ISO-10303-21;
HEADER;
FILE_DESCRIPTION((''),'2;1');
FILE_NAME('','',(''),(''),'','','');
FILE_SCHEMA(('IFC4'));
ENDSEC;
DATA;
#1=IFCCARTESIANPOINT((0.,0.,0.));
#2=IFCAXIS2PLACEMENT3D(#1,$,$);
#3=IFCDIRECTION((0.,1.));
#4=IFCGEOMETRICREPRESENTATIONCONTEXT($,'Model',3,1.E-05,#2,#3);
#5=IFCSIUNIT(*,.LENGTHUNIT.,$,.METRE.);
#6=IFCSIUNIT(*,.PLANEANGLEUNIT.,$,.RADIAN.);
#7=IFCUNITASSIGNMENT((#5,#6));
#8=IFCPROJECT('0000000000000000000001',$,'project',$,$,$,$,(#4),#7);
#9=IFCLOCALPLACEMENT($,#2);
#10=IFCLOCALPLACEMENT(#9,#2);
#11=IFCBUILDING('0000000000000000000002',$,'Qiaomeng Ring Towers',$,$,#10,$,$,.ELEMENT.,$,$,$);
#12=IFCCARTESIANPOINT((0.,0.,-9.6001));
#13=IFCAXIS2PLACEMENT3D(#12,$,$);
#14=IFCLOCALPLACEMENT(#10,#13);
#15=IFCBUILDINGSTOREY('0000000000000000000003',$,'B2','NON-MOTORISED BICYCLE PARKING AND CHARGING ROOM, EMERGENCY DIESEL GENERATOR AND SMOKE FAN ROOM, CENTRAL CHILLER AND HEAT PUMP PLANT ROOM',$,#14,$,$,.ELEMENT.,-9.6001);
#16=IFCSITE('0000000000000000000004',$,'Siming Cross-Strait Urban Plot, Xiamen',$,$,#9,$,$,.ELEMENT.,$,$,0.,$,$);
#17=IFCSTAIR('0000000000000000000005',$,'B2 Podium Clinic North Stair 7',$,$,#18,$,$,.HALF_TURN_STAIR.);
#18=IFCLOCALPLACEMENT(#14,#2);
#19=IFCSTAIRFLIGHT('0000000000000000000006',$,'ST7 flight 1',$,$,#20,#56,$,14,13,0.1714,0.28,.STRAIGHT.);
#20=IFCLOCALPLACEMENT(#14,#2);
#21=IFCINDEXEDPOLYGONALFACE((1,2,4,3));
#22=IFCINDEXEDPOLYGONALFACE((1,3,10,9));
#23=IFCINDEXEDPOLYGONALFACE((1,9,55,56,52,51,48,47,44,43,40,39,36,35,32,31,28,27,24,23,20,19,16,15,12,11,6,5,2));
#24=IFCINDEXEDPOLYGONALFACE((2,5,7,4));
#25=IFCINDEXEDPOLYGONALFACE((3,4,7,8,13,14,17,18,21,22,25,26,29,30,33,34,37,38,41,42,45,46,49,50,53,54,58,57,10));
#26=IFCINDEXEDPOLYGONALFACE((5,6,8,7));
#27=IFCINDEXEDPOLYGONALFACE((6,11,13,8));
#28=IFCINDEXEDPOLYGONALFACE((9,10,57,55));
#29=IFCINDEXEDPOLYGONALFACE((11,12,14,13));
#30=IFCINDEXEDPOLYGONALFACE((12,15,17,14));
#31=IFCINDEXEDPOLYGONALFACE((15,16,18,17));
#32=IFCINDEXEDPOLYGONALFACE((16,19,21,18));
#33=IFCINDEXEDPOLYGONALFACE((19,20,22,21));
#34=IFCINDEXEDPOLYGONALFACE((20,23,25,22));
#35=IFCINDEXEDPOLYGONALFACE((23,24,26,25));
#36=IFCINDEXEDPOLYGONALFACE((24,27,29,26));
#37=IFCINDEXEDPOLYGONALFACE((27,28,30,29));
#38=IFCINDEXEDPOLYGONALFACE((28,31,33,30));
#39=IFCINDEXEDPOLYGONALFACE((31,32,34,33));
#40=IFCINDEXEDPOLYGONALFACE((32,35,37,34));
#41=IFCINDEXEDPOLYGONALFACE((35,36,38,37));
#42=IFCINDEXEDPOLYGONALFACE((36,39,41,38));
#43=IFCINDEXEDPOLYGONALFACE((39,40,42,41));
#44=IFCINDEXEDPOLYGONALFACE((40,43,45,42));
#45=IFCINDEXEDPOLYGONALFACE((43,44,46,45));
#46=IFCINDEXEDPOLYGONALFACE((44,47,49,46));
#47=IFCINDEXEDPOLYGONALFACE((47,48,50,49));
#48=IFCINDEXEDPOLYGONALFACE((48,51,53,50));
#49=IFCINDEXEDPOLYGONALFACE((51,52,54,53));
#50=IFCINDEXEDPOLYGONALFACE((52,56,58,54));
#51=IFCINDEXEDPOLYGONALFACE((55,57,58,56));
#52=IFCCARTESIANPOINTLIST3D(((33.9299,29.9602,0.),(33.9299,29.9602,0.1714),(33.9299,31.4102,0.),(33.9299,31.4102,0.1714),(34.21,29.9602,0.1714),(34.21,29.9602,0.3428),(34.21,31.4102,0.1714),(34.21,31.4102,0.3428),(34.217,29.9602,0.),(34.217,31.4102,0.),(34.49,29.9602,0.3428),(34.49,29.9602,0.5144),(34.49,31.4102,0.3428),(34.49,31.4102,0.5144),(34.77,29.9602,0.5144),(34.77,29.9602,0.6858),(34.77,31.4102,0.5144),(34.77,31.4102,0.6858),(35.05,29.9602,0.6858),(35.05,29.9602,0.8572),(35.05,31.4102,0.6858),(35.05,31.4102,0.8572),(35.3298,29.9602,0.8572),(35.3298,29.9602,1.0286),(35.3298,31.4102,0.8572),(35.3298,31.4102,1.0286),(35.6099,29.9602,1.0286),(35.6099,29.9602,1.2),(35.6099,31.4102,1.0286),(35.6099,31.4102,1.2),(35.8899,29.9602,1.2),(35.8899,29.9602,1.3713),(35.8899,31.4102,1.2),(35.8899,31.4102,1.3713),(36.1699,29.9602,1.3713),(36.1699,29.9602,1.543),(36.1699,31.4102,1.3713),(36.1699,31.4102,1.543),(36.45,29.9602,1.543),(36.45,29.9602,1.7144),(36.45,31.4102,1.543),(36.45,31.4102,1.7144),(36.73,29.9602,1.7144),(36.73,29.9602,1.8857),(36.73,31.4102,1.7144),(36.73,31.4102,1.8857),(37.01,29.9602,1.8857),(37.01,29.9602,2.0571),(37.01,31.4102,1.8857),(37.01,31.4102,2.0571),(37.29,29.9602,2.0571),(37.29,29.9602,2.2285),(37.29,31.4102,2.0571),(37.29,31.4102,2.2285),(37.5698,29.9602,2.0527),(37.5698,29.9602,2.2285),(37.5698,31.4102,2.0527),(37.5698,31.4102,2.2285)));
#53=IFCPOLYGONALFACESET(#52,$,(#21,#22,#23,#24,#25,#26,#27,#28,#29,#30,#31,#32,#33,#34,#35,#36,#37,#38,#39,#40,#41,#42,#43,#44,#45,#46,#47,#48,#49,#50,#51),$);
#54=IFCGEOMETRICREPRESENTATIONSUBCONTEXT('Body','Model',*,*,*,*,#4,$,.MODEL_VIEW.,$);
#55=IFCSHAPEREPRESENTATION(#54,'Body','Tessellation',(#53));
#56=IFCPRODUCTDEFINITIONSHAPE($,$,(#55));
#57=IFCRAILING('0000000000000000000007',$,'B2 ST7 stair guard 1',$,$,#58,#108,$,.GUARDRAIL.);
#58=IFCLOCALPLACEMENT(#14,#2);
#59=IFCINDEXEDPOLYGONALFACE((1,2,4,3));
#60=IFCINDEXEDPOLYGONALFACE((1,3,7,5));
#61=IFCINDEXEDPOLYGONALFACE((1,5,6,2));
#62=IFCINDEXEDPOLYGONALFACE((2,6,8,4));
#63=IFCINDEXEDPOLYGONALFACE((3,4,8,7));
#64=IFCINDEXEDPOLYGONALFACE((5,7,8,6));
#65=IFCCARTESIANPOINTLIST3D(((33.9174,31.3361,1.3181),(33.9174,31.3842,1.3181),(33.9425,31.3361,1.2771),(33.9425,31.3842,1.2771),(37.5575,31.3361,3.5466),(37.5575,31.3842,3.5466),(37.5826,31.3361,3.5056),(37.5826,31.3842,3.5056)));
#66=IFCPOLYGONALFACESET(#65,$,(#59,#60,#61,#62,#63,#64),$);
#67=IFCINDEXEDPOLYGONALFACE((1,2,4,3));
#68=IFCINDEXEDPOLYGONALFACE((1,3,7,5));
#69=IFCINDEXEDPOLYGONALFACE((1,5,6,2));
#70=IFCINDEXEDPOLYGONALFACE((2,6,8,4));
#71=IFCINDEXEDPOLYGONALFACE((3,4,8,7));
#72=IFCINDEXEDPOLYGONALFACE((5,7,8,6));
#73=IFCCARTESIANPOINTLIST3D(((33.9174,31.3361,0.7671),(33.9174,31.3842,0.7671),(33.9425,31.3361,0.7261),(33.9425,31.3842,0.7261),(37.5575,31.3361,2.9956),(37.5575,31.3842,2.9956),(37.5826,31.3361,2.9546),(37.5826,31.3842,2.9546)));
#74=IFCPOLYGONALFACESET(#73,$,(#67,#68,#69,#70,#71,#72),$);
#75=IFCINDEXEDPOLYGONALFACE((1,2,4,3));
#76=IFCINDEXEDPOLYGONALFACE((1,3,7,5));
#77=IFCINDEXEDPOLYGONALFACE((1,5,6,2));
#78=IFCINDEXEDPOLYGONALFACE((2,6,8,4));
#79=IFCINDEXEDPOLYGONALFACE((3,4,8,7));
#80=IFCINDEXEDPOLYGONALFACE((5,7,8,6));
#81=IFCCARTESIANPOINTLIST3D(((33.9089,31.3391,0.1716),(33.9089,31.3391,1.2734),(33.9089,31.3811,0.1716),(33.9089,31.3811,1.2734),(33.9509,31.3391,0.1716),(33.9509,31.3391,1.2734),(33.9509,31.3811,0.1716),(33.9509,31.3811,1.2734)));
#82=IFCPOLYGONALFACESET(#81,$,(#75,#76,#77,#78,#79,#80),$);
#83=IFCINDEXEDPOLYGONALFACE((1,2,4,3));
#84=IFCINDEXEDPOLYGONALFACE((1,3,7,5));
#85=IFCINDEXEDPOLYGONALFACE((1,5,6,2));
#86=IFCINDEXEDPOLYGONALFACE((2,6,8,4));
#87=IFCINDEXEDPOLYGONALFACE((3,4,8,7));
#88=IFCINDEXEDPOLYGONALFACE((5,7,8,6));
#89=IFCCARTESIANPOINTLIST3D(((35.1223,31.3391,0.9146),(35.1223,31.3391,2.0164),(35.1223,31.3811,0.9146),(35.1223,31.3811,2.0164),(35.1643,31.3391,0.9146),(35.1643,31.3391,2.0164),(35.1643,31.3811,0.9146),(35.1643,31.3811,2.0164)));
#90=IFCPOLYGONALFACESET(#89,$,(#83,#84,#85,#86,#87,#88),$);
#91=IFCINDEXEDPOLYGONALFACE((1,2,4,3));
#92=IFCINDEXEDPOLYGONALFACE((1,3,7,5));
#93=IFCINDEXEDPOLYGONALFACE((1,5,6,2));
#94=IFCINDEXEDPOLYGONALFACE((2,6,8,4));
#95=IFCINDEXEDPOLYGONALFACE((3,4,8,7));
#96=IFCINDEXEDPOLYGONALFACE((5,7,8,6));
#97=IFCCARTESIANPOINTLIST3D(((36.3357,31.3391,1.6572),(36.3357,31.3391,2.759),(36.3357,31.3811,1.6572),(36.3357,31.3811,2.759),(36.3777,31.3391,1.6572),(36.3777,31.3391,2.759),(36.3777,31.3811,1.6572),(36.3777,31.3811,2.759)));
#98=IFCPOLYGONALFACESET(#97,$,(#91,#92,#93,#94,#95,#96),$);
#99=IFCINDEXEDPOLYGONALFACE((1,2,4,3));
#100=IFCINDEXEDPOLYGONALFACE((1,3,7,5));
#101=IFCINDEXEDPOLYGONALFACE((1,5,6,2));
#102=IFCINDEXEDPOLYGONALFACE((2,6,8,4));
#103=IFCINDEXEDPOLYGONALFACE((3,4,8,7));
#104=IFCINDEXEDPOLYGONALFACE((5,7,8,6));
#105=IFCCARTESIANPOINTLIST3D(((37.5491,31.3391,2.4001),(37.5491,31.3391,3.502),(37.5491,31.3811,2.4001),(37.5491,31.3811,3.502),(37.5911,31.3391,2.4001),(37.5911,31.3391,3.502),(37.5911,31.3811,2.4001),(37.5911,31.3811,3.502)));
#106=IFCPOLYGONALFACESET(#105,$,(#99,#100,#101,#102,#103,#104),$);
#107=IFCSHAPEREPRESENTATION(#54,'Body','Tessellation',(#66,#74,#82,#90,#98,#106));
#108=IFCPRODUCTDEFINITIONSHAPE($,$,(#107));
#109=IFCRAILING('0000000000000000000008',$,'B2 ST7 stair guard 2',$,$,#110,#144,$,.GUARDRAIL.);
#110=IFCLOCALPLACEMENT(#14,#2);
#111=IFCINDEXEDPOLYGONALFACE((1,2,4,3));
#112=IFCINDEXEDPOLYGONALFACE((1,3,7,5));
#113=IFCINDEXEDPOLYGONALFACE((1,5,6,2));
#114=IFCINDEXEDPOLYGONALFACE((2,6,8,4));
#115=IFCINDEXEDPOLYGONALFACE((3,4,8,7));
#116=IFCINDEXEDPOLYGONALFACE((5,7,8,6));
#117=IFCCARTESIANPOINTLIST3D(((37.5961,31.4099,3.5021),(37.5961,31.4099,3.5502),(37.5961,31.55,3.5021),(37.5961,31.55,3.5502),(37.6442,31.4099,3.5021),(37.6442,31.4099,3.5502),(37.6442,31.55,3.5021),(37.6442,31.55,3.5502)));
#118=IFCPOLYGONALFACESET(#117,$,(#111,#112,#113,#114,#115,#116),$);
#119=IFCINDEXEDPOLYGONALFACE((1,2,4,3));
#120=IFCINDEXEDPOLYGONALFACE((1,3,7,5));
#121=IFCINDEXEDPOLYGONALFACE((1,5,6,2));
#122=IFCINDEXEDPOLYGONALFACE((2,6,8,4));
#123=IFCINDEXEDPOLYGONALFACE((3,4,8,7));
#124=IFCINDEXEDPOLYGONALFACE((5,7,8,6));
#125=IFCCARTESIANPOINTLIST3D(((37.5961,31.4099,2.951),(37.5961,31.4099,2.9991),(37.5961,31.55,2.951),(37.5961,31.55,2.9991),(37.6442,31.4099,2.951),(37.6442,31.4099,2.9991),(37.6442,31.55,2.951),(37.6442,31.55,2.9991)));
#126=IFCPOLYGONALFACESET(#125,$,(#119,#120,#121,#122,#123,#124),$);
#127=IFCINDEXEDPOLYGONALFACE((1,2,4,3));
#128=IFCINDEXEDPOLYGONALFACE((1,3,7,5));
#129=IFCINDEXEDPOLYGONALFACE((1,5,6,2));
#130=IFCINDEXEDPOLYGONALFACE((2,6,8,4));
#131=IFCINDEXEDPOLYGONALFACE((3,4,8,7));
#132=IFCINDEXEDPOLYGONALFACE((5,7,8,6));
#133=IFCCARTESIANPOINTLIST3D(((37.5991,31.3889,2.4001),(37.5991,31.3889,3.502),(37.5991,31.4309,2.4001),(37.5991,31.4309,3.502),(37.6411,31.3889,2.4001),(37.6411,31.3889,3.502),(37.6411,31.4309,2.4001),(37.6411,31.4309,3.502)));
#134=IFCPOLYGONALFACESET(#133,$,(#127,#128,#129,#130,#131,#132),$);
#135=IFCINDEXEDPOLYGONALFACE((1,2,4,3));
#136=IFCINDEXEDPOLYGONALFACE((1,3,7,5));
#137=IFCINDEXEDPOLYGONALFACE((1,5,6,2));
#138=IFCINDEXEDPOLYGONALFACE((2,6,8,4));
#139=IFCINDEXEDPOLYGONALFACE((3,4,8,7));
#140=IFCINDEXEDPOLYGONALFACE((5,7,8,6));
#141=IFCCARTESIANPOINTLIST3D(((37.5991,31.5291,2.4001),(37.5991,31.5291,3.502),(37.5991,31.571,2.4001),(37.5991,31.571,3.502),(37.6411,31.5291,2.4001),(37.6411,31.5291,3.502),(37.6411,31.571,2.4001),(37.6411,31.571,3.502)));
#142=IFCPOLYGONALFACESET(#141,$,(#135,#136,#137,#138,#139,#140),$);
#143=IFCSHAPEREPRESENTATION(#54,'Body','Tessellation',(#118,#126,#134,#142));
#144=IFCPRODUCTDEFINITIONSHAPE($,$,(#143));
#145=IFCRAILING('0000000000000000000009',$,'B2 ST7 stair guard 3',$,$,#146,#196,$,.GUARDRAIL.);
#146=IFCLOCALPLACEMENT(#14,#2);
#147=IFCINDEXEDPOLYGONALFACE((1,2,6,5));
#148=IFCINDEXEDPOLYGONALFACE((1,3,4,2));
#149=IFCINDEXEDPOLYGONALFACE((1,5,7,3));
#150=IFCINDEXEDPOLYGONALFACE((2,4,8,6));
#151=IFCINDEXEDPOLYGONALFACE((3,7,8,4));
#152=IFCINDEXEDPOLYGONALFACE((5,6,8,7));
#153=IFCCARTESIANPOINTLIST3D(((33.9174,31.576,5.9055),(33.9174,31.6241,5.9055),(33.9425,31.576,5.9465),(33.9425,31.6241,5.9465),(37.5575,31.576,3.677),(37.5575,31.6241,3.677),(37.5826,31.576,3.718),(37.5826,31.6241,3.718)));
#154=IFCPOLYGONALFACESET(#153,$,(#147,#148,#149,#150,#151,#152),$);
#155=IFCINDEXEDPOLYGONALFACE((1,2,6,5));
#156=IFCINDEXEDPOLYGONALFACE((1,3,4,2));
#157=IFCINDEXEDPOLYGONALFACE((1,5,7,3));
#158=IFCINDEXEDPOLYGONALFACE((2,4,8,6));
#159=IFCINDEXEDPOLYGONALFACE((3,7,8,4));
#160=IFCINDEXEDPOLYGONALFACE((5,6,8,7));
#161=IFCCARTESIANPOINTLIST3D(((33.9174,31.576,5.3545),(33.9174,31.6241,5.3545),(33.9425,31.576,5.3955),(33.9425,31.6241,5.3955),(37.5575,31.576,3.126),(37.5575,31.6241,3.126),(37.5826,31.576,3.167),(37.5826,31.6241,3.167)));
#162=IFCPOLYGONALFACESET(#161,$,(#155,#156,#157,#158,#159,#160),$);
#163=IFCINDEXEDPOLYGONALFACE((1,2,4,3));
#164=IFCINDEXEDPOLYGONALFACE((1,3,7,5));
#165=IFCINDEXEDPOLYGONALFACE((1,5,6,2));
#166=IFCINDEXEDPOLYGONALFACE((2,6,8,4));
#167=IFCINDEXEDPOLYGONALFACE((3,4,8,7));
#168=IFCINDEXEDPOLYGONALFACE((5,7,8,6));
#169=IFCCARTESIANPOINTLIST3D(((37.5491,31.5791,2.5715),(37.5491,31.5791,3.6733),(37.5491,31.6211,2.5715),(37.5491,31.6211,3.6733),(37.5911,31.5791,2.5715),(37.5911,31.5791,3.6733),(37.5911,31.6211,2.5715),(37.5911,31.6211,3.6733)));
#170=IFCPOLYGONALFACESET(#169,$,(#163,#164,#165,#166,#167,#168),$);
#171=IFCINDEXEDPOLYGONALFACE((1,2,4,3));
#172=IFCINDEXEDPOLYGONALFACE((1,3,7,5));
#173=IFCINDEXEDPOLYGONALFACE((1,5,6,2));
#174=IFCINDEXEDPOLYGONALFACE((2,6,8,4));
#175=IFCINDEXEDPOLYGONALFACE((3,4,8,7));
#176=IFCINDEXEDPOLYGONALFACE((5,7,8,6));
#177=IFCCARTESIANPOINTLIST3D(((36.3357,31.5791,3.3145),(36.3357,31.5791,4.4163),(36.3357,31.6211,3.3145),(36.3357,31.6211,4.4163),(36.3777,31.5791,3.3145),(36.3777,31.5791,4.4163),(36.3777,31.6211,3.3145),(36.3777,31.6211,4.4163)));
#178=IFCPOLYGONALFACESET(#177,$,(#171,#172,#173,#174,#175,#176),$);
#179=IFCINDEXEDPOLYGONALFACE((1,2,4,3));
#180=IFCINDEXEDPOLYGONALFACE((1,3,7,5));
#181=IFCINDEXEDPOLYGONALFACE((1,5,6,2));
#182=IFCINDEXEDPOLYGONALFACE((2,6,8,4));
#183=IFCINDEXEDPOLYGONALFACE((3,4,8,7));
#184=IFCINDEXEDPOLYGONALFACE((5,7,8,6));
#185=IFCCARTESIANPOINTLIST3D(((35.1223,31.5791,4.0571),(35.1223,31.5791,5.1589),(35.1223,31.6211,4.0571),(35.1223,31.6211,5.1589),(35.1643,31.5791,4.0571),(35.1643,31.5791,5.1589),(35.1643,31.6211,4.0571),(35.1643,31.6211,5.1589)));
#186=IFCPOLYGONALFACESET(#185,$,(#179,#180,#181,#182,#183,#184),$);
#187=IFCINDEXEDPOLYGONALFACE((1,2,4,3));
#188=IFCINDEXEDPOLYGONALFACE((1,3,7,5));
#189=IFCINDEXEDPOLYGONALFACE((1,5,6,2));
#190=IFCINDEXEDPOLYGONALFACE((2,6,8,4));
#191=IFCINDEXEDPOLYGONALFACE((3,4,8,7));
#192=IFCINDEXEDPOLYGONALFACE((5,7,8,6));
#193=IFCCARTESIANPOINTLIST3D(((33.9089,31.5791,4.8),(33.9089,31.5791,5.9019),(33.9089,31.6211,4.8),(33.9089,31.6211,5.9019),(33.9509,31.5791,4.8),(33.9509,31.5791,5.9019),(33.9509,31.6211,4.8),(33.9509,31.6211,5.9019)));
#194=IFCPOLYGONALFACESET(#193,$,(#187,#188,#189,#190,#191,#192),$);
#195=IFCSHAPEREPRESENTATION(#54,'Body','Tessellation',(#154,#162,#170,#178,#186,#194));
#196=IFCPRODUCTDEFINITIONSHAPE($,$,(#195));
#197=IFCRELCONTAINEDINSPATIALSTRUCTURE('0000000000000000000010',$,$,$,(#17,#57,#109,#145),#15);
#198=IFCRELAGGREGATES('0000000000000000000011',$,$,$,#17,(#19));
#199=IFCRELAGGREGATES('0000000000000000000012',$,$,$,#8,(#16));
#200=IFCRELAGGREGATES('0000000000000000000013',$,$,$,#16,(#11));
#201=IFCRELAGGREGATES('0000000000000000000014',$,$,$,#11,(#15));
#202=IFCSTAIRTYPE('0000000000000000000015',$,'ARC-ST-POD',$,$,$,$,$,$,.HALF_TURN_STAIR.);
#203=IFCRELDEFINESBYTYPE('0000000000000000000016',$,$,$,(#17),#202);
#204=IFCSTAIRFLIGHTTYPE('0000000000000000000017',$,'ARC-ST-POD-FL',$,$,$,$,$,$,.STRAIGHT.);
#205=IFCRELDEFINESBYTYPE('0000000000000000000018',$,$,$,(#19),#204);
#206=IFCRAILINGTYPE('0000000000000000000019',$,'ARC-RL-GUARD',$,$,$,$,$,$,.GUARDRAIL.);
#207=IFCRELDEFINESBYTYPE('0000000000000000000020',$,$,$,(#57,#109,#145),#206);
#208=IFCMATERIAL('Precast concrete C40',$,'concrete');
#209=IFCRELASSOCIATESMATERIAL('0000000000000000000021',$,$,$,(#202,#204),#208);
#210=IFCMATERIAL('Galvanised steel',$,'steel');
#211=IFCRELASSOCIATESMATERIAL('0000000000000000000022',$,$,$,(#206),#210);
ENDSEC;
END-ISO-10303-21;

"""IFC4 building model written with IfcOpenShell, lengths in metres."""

from ifc_helpers import new_model, si_unit, direction, frame, origin, origin_2d, place, context, subcontext, project, spatial, polyline, rectangle, outline, extrude, source, transform, mapped, material, type_object, element, aggregate, save


model = new_model("IFC4")

# Units and contexts
model_context = context("Model", 3, precision=1e-05, world=origin(), true_north=direction((0.0, 1.0)))
body_context = subcontext(model_context, "Body", "Model", "MODEL_VIEW")
ifc_project = project(units=[si_unit("LENGTHUNIT", "METRE"), si_unit("PLANEANGLEUNIT", "RADIAN")], contexts=[model_context])

# Site, building, storey
site_placement = place(None, origin())
site = spatial("IfcSite", under=ifc_project, at=site_placement, Name="Siming Cross-Strait Urban Plot, Xiamen", CompositionType="ELEMENT", RefElevation=0.0)
building_placement = place(site_placement, origin())
building = spatial("IfcBuilding", under=site, at=building_placement, Name="Qiaomeng Ring Towers", CompositionType="ELEMENT")
storey_placement = place(building_placement, frame((0.0, 0.0, -9.6001)))
storey = spatial("IfcBuildingStorey", under=building, at=storey_placement, Name="B2", Description="NON-MOTORISED BICYCLE PARKING AND CHARGING ROOM, EMERGENCY DIESEL GENERATOR AND SMOKE FAN ROOM, CENTRAL CHILLER AND HEAT PUMP PLANT ROOM", CompositionType="ELEMENT", Elevation=-9.6001)

# Shared definitions
ifc_material_1 = material(Name="Galvanised steel", Category="steel")

# Stair, stair flight
ifc_material_2 = material(Name="Precast concrete C40", Category="concrete")
stair_type = type_object("IfcStairType", Name="ARC-ST-POD", PredefinedType="HALF_TURN_STAIR", material=ifc_material_2)
stair_placement = place(storey_placement, origin())
stair = element("IfcStair", 1, at=stair_placement, inside=storey, type_object=stair_type, Name="B2 Podium Clinic North Stair 7", PredefinedType="HALF_TURN_STAIR")
stair_flight_type = type_object("IfcStairFlightType", Name="ARC-ST-POD-FL", PredefinedType="STRAIGHT", material=ifc_material_2)
shared_shape_1 = source(origin(), body_context, "Body", "SweptSolid", [
    extrude(outline(polyline([(0.0, 0.0), (0.0, 0.1714), (0.28, 0.1714), (0.28, 0.3428), (0.5601, 0.3428), (0.5601, 0.5144), (0.8401, 0.5144), (0.8401, 0.6858), (1.1201, 0.6858), (1.1201, 0.8572), (1.3999, 0.8572), (1.3999, 1.0286), (1.6799, 1.0286), (1.6799, 1.2), (1.96, 1.2), (1.96, 1.3713), (2.24, 1.3713), (2.24, 1.543), (2.52, 1.543), (2.52, 1.7144), (2.8, 1.7144), (2.8, 1.8857), (3.0801, 1.8857), (3.0801, 2.0571), (3.3601, 2.0571), (3.3601, 2.2285), (3.6399, 2.2285), (3.6399, 2.3999), (3.6399, 2.0527), (0.2871, 0.0), (0.0, 0.0)])), frame((0.0, 0.7251, 0.0), z_axis=(0.0, -1.0, 0.0), x_axis=(1.0, 0.0, 0.0)), (0.0, 0.0, 1.0), 1.45),
])
stair_flight_placement = place(storey_placement, frame((33.9299, 30.6851, 0.0), z_axis=(0.0, 0.0, 1.0), x_axis=(1.0, 0.0, 0.0)))
stair_flight = element("IfcStairFlight", 2, at=stair_flight_placement, type_object=stair_flight_type, Name="ST7 flight 1", NumberOfRisers=14, NumberOfTreads=13, PredefinedType="STRAIGHT", RiserHeight=0.1714, TreadLength=0.28, context=body_context, shape_type="MappedRepresentation", body=[
    mapped(shared_shape_1, transform((0.0, 0.0, 0.0), x_axis=(1.0, 0.0, 0.0), y_axis=(0.0, 1.0, 0.0), z_axis=(0.0, 0.0, 1.0), scale=1.0)),
])
aggregate(stair, [stair_flight])

# Railings
railing_type_1 = type_object("IfcRailingType", Name="ARC-RL-GUARD", PredefinedType="GUARDRAIL", material=ifc_material_1)
railing_1_placement = place(storey_placement, frame((33.9299, 31.3601, 0.1716)))
element("IfcRailing", 3, at=railing_1_placement, inside=storey, type_object=railing_type_1, Name="B2 ST7 stair guard 1", PredefinedType="GUARDRAIL", context=body_context, shape_type="SweptSolid", body=[
    extrude(rectangle(XDim=0.0481, YDim=0.0481, at=origin_2d()), frame((0.0, 0.0, 1.126), z_axis=(0.852866, 0.0, 0.52213), x_axis=(0.0, 1.0, 0.0)), (0.0, 0.0, 1.0), 4.2681),
    extrude(rectangle(XDim=0.0481, YDim=0.0481, at=origin_2d()), frame((0.0, 0.0, 0.575), z_axis=(0.852866, 0.0, 0.52213), x_axis=(0.0, 1.0, 0.0)), (0.0, 0.0, 1.0), 4.2681),
    extrude(rectangle(XDim=0.042, YDim=0.042, at=origin_2d()), origin(), (0.0, 0.0, 1.0), 1.1018),
    extrude(rectangle(XDim=0.042, YDim=0.042, at=origin_2d()), frame((1.2134, 0.0, 0.7429)), (0.0, 0.0, 1.0), 1.1018),
    extrude(rectangle(XDim=0.042, YDim=0.042, at=origin_2d()), frame((2.4268, 0.0, 1.4856)), (0.0, 0.0, 1.0), 1.1018),
    extrude(rectangle(XDim=0.042, YDim=0.042, at=origin_2d()), frame((3.6401, 0.0, 2.2285)), (0.0, 0.0, 1.0), 1.1018),
])
railing_2_placement = place(storey_placement, frame((37.6201, 31.4099, 2.4001)))
element("IfcRailing", 4, at=railing_2_placement, inside=storey, type_object=railing_type_1, Name="B2 ST7 stair guard 2", PredefinedType="GUARDRAIL", context=body_context, shape_type="SweptSolid", body=[
    extrude(rectangle(XDim=0.0481, YDim=0.0481, at=origin_2d()), frame((0.0, 0.0, 1.126), z_axis=(0.0, 1.0, 0.0), x_axis=(-1.0, 0.0, 0.0)), (0.0, 0.0, 1.0), 0.1401),
    extrude(rectangle(XDim=0.0481, YDim=0.0481, at=origin_2d()), frame((0.0, 0.0, 0.575), z_axis=(0.0, 1.0, 0.0), x_axis=(-1.0, 0.0, 0.0)), (0.0, 0.0, 1.0), 0.1401),
    extrude(rectangle(XDim=0.042, YDim=0.042, at=origin_2d()), origin(), (0.0, 0.0, 1.0), 1.1018),
    extrude(rectangle(XDim=0.042, YDim=0.042, at=origin_2d()), frame((0.0, 0.1401, 0.0)), (0.0, 0.0, 1.0), 1.1018),
])
railing_3_placement = place(storey_placement, frame((37.5701, 31.6001, 2.5715)))
element("IfcRailing", 5, at=railing_3_placement, inside=storey, type_object=railing_type_1, Name="B2 ST7 stair guard 3", PredefinedType="GUARDRAIL", context=body_context, shape_type="SweptSolid", body=[
    extrude(rectangle(XDim=0.0481, YDim=0.0481, at=origin_2d()), frame((0.0, 0.0, 1.126), z_axis=(-0.852866, 0.0, 0.52213), x_axis=(0.0, -1.0, 0.0)), (0.0, 0.0, 1.0), 4.2681),
    extrude(rectangle(XDim=0.0481, YDim=0.0481, at=origin_2d()), frame((0.0, 0.0, 0.575), z_axis=(-0.852866, 0.0, 0.52213), x_axis=(0.0, -1.0, 0.0)), (0.0, 0.0, 1.0), 4.2681),
    extrude(rectangle(XDim=0.042, YDim=0.042, at=origin_2d()), origin(), (0.0, 0.0, 1.0), 1.1018),
    extrude(rectangle(XDim=0.042, YDim=0.042, at=origin_2d()), frame((-1.2134, 0.0, 0.7429)), (0.0, 0.0, 1.0), 1.1018),
    extrude(rectangle(XDim=0.042, YDim=0.042, at=origin_2d()), frame((-2.4268, 0.0, 1.4856)), (0.0, 0.0, 1.0), 1.1018),
    extrude(rectangle(XDim=0.042, YDim=0.042, at=origin_2d()), frame((-3.6401, 0.0, 2.2285)), (0.0, 0.0, 1.0), 1.1018),
])

save(model, "model.ifc")
